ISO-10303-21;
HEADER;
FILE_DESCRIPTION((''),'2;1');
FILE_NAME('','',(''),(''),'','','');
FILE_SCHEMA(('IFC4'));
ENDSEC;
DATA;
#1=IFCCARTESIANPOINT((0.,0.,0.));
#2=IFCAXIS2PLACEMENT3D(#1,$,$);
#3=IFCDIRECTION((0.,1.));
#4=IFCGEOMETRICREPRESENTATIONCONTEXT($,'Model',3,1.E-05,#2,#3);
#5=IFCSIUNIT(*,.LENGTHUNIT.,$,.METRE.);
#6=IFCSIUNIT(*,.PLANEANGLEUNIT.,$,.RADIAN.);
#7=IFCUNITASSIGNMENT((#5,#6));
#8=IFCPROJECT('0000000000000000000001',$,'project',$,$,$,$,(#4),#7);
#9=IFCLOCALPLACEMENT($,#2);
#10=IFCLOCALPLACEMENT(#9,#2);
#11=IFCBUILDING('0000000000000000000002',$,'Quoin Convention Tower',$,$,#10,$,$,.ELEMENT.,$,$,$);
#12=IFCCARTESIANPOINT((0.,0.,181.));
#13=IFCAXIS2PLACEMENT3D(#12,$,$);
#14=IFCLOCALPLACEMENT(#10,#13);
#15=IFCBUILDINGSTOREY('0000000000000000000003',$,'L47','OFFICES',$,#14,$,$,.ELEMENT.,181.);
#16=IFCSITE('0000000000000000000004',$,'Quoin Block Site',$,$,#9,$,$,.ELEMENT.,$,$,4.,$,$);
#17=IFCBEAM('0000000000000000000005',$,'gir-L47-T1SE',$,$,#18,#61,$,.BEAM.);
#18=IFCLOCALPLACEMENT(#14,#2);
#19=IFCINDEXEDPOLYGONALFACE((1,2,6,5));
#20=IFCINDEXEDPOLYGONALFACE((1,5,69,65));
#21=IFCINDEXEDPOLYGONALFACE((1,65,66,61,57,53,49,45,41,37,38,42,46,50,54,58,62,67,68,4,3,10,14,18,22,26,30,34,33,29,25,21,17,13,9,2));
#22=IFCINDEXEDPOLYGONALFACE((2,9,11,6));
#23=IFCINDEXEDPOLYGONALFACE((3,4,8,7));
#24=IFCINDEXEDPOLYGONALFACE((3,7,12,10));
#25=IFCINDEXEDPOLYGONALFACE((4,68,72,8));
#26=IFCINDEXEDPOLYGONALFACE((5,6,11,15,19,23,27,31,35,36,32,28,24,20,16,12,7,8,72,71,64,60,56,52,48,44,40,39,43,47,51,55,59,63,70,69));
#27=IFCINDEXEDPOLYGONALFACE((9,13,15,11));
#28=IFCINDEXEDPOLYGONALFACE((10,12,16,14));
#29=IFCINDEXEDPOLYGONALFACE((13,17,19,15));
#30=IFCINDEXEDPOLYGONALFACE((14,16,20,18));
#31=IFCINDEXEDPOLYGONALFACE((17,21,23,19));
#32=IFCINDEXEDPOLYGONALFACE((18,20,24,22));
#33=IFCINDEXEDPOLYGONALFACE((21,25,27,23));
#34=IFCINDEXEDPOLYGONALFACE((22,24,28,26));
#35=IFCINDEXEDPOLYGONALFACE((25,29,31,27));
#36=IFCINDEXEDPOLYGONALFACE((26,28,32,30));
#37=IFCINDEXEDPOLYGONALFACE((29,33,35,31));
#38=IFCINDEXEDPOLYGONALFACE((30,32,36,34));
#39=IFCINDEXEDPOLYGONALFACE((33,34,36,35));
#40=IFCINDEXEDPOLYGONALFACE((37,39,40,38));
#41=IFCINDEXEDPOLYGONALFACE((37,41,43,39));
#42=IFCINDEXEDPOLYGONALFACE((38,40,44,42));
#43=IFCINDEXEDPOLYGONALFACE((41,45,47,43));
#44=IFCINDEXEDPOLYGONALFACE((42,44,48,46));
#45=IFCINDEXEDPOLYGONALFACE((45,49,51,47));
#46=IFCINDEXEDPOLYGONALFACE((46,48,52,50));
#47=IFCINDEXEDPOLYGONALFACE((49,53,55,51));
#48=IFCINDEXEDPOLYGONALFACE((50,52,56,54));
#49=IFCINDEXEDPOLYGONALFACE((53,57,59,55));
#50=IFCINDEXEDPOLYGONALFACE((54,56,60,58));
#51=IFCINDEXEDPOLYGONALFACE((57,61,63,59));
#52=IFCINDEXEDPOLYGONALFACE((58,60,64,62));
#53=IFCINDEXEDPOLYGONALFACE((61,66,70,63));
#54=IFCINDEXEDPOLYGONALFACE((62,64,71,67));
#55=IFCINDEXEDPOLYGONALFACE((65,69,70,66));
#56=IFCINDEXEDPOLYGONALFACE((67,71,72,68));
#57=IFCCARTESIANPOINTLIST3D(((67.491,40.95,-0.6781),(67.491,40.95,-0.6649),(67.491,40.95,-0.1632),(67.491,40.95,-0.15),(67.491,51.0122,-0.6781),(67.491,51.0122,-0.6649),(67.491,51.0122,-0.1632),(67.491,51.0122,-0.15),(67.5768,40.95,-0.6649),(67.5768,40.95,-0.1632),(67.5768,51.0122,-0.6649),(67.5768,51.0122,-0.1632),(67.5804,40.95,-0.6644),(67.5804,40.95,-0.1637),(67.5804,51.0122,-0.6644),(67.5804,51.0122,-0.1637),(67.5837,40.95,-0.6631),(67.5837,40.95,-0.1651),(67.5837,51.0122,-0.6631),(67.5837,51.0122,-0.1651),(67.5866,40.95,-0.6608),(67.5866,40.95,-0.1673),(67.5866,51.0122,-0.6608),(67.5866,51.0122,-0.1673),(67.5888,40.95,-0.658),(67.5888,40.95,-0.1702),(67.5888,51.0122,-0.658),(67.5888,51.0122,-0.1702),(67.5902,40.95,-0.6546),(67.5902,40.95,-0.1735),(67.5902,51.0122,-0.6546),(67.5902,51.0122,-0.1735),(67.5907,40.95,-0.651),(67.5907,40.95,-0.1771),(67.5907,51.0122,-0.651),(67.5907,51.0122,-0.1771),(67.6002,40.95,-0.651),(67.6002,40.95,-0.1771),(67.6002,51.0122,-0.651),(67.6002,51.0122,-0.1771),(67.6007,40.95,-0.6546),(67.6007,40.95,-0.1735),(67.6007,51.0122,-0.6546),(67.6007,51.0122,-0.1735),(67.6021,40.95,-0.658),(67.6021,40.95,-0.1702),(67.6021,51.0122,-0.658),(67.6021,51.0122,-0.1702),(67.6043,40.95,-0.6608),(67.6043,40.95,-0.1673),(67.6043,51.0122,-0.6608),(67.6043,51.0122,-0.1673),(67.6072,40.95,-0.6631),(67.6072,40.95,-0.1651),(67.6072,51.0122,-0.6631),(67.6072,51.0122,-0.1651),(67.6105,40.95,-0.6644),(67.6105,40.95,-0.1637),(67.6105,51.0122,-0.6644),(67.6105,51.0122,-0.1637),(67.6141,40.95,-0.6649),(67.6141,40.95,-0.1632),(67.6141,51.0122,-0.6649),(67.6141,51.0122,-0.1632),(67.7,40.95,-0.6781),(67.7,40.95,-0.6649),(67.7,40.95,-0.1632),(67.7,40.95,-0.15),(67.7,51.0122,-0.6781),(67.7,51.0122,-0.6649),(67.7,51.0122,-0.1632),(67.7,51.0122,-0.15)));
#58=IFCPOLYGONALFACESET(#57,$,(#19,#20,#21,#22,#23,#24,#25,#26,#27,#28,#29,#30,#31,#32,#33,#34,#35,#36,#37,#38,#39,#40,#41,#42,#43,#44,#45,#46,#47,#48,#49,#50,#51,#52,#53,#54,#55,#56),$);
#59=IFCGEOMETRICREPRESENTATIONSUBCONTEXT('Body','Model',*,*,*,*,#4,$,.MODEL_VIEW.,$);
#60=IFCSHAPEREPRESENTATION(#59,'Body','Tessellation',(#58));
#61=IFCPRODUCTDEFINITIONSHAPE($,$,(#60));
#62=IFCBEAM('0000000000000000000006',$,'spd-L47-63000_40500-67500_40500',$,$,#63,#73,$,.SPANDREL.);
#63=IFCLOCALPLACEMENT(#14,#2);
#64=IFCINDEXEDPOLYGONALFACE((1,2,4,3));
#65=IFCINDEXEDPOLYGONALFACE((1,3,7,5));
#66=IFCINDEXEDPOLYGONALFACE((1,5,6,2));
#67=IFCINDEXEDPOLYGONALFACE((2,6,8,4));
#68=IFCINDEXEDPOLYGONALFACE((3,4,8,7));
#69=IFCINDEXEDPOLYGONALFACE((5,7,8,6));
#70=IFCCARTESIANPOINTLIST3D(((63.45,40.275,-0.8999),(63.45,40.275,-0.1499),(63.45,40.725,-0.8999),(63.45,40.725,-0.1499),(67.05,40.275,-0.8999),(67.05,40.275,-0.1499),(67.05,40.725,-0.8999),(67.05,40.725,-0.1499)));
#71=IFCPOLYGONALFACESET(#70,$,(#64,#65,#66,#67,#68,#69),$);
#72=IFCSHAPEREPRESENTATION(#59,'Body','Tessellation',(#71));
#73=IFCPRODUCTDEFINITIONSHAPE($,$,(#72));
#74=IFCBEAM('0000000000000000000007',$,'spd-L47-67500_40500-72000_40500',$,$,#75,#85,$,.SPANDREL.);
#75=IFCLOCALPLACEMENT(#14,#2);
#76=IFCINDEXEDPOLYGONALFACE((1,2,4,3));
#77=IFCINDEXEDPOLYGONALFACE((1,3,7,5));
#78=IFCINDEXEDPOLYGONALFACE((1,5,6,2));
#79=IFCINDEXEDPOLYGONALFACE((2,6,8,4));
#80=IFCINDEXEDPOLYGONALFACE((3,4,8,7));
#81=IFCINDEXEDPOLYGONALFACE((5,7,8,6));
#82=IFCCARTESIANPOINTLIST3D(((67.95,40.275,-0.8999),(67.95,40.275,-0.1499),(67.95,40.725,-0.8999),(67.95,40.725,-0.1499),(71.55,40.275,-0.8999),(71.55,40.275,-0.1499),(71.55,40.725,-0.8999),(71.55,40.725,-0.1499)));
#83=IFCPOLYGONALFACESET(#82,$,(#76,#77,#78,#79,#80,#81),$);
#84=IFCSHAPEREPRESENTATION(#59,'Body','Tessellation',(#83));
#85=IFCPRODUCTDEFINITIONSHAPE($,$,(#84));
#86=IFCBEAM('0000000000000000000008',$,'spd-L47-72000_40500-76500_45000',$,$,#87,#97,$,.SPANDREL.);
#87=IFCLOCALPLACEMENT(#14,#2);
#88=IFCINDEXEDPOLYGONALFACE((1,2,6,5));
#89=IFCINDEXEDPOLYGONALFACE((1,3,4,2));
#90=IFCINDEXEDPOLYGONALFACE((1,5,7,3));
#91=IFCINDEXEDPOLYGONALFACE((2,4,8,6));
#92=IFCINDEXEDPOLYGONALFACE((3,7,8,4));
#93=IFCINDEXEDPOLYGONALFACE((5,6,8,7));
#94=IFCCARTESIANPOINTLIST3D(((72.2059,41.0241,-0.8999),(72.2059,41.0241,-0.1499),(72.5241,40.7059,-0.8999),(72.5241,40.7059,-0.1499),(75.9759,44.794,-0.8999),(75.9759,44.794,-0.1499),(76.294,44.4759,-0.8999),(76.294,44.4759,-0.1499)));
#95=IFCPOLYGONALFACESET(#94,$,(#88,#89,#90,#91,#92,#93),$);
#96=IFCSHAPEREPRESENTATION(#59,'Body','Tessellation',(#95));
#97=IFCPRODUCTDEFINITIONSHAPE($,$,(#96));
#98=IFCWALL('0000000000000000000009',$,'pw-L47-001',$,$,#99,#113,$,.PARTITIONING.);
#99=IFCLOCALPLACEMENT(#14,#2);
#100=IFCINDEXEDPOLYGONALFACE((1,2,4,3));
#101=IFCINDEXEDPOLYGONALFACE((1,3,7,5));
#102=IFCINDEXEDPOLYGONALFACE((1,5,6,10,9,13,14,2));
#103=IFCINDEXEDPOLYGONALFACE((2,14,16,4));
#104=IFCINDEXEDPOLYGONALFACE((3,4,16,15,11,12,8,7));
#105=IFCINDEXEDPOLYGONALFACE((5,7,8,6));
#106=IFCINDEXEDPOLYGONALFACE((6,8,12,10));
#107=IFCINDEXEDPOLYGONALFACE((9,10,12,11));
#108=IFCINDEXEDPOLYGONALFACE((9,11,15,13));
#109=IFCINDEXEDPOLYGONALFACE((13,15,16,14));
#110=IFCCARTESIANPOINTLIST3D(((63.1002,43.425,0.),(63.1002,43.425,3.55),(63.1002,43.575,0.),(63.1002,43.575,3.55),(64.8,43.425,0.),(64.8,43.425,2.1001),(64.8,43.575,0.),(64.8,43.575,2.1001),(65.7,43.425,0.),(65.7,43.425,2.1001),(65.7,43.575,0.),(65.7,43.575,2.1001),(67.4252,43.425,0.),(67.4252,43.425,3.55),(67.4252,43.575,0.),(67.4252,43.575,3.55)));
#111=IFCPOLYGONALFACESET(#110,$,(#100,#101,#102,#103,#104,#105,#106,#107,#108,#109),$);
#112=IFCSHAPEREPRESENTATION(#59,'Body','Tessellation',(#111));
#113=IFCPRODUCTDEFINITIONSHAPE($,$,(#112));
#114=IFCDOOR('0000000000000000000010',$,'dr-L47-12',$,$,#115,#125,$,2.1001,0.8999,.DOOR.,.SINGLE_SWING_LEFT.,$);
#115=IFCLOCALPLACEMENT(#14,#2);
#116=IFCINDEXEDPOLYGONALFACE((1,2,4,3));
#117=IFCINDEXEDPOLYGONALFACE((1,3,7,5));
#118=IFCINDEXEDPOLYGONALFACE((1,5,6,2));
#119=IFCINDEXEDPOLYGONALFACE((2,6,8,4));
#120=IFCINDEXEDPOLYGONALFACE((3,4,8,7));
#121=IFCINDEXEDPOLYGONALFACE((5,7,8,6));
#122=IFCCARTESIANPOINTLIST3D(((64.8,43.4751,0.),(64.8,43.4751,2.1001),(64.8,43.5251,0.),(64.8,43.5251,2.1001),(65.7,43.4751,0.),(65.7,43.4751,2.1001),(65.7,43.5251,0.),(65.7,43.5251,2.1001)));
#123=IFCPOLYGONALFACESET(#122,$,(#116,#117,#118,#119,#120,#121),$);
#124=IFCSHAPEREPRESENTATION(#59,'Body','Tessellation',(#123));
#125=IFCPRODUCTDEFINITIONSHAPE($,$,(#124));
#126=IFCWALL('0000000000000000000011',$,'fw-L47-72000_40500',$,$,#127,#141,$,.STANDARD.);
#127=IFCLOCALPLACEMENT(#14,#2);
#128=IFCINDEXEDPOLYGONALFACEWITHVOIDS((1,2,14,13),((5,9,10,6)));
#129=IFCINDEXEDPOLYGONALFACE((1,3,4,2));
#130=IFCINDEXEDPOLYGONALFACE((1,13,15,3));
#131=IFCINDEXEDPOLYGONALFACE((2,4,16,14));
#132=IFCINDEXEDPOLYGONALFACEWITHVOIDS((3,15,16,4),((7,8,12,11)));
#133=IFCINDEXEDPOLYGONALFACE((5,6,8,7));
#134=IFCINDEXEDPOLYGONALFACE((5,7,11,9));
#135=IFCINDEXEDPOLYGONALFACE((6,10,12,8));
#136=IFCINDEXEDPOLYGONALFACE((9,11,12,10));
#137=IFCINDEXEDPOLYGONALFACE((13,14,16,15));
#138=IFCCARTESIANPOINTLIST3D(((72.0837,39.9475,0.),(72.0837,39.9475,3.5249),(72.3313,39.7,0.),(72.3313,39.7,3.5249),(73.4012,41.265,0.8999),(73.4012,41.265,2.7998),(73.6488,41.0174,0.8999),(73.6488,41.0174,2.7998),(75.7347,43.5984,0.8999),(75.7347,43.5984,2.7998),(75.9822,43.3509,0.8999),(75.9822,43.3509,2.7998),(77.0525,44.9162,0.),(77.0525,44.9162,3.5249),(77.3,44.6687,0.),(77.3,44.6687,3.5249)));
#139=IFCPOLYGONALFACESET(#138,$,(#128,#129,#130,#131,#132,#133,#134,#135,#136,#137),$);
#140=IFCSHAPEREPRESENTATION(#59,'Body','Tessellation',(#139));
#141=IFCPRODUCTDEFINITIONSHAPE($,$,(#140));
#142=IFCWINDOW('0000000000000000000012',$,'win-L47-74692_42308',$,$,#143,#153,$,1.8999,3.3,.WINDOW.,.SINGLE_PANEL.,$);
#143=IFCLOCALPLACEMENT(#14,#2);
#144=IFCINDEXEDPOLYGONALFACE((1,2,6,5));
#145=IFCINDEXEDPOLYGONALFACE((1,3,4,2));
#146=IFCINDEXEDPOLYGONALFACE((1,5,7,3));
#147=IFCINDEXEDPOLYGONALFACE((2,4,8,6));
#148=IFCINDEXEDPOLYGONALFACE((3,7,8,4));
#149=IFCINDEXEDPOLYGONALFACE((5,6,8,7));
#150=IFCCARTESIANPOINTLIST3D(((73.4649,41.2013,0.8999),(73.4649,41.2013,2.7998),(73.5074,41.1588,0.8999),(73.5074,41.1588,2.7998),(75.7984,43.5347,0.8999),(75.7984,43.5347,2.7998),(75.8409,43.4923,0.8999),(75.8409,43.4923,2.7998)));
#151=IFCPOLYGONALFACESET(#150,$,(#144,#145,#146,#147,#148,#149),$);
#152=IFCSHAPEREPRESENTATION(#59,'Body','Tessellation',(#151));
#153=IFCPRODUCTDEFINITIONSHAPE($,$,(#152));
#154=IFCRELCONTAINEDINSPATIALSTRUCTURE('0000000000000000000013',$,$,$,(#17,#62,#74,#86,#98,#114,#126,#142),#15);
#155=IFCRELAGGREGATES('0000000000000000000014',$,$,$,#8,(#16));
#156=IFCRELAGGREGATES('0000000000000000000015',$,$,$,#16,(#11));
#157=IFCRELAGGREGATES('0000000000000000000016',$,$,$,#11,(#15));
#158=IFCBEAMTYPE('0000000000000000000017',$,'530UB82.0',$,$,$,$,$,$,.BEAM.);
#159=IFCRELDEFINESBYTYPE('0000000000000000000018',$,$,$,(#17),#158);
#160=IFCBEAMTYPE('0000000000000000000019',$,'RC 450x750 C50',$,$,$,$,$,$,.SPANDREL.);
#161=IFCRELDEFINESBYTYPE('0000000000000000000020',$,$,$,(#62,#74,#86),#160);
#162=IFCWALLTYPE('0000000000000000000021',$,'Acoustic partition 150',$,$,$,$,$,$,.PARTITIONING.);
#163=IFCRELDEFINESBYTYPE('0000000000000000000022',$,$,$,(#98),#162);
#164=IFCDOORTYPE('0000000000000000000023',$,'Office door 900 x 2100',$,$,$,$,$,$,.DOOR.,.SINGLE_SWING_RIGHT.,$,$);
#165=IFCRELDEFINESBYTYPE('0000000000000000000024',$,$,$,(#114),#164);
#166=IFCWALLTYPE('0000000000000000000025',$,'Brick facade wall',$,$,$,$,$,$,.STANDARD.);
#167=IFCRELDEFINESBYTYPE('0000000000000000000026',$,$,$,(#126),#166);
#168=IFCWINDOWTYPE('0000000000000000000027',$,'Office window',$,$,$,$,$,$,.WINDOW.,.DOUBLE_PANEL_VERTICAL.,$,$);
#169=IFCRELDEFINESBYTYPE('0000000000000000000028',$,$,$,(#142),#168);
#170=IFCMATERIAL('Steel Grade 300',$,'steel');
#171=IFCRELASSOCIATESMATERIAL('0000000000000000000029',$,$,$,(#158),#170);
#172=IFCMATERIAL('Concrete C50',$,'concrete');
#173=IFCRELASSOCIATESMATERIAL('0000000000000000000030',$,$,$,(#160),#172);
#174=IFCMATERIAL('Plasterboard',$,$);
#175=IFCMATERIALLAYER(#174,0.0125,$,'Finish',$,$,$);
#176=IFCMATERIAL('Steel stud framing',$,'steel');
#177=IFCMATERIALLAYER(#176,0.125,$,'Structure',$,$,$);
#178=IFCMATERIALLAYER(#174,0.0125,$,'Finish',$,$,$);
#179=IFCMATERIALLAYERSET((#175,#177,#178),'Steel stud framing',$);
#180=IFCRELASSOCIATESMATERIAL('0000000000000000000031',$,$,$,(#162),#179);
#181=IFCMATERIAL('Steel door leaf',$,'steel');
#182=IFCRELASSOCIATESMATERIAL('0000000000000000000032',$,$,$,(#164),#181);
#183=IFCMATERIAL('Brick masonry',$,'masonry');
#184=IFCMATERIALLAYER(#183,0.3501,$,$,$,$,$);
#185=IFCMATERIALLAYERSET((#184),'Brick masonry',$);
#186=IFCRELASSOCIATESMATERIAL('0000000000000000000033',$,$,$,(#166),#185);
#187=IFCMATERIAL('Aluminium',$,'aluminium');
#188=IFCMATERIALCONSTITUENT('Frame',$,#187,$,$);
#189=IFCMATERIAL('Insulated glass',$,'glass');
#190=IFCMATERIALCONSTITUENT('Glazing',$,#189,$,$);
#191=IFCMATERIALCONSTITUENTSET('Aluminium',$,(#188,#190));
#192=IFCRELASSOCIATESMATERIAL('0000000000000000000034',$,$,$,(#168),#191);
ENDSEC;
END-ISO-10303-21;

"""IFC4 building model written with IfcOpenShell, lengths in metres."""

from ifc_helpers import new_model, si_unit, direction, frame, frame_2d, origin, origin_2d, place, context, subcontext, project, spatial, rectangle, i_section, extrude, material, layer, layer_set, constituent, constituent_set, material_profile, profile_set, type_object, element, fill, save


model = new_model("IFC4")

# Units and contexts
model_context = context("Model", 3, precision=1e-05, world=origin(), true_north=direction((0.0, 1.0)))
body_context = subcontext(model_context, "Body", "Model", "MODEL_VIEW")
ifc_project = project(units=[si_unit("LENGTHUNIT", "METRE"), si_unit("PLANEANGLEUNIT", "RADIAN")], contexts=[model_context])

# Site, building, storey
site_placement = place(None, origin())
site = spatial("IfcSite", under=ifc_project, at=site_placement, Name="Quoin Block Site", CompositionType="ELEMENT", RefElevation=4.0)
building_placement = place(site_placement, origin())
building = spatial("IfcBuilding", under=site, at=building_placement, Name="Quoin Convention Tower", CompositionType="ELEMENT")
storey_placement = place(building_placement, frame((0.0, 0.0, 181.0)))
storey = spatial("IfcBuildingStorey", under=building, at=storey_placement, Name="L47", Description="OFFICES", CompositionType="ELEMENT", Elevation=181.0)

# Shared definitions
ifc_material_1 = material(Name="Concrete C50", Category="concrete")

# Beams
ifc_material_2 = material(Name="Steel Grade 300", Category="steel")
ifc_material_profile_1 = material_profile(ifc_material_2, i_section(OverallWidth=0.209, OverallDepth=0.5281, WebThickness=0.0095, FlangeThickness=0.0132, FilletRadius=0.0139, at=origin_2d()), Name="530UB82.0")
ifc_profile_set_1 = profile_set([ifc_material_profile_1], Name="Steel Grade 300")
beam_type_1 = type_object("IfcBeamType", Name="530UB82.0", PredefinedType="BEAM", material=ifc_profile_set_1)
beam_1_placement = place(storey_placement, frame((67.5955, 40.95, -0.4141), z_axis=(0.0, 1.0, 0.0), x_axis=(-1.0, 0.0, 0.0)))
element("IfcBeam", 1, at=beam_1_placement, inside=storey, type_object=beam_type_1, Name="gir-L47-T1SE", PredefinedType="BEAM", context=body_context, shape_type="SweptSolid", body=[
    extrude(i_section(OverallWidth=0.209, OverallDepth=0.5281, WebThickness=0.0095, FlangeThickness=0.0132, FilletRadius=0.0139, at=origin_2d()), origin(), (0.0, 0.0, 1.0), 10.0623),
])
ifc_material_profile_2 = material_profile(ifc_material_1, rectangle(XDim=0.45, YDim=0.75, at=origin_2d()), Name="RC 450x750")
ifc_profile_set_2 = profile_set([ifc_material_profile_2], Name="Concrete C50")
beam_type_2 = type_object("IfcBeamType", Name="RC 450x750 C50", PredefinedType="SPANDREL", material=ifc_profile_set_2)
for number, where, z_axis, x_axis, name in (
    (2, (63.45, 40.5, -0.5249), (1.0, 0.0, 0.0), (0.0, 1.0, 0.0), "spd-L47-63000_40500-67500_40500"),
    (3, (67.95, 40.5, -0.5249), (1.0, 0.0, 0.0), (0.0, 1.0, 0.0), "spd-L47-67500_40500-72000_40500"),
):
    element("IfcBeam", number, at=place(storey_placement, frame(where, z_axis=z_axis, x_axis=x_axis)), inside=storey, type_object=beam_type_2, Name=name, PredefinedType="SPANDREL", context=body_context, shape_type="SweptSolid", body=[
        extrude(rectangle(XDim=0.45, YDim=0.75, at=origin_2d()), origin(), (0.0, 0.0, 1.0), 3.6001),
    ])
beam_2_placement = place(storey_placement, frame((72.365, 40.865, -0.5249), z_axis=(0.707107, 0.707107, 0.0), x_axis=(-0.707107, 0.707107, 0.0)))
element("IfcBeam", 4, at=beam_2_placement, inside=storey, type_object=beam_type_2, Name="spd-L47-72000_40500-76500_45000", PredefinedType="SPANDREL", context=body_context, shape_type="SweptSolid", body=[
    extrude(rectangle(XDim=0.45, YDim=0.75, at=origin_2d()), origin(), (0.0, 0.0, 1.0), 5.3315),
])

# Wall, opening, door
ifc_material_3 = material(Name="Plasterboard")
ifc_layer_1 = layer(ifc_material_3, 0.0125, Name="Finish")
ifc_material_4 = material(Name="Steel stud framing", Category="steel")
ifc_layer_2 = layer(ifc_material_4, 0.125, Name="Structure")
ifc_layer_3 = layer(ifc_material_3, 0.0125, Name="Finish")
ifc_layer_set_1 = layer_set([ifc_layer_1, ifc_layer_2, ifc_layer_3], Name="Steel stud framing")
wall_type_1 = type_object("IfcWallType", Name="Acoustic partition 150", PredefinedType="PARTITIONING", material=ifc_layer_set_1)
wall_1_placement = place(storey_placement, frame((63.1001, 43.5, 0.0), z_axis=(0.0, 0.0, 1.0), x_axis=(1.0, 0.0, 0.0)))
wall_1 = element("IfcWall", 5, at=wall_1_placement, inside=storey, type_object=wall_type_1, Name="pw-L47-001", PredefinedType="PARTITIONING", context=body_context, shape_type="SweptSolid", body=[
    extrude(rectangle(XDim=4.325, YDim=0.1499, at=frame_2d((2.1626, 0.0))), origin(), (0.0, 0.0, 1.0), 3.55),
])
opening_1_placement = place(wall_1_placement, frame((1.7, 0.0, 0.0)))
opening_1 = element("IfcOpeningElement", 6, at=opening_1_placement, cuts=wall_1, PredefinedType="OPENING", context=body_context, shape_type="SweptSolid", body=[
    extrude(rectangle(XDim=0.8999, YDim=2.1001, at=frame_2d((0.45, 1.05))), frame((0.0, 0.085, 0.0), z_axis=(0.0, -1.0, 0.0), x_axis=(1.0, 0.0, 0.0)), (0.0, 0.0, 1.0), 0.1699),
])
ifc_material_5 = material(Name="Steel door leaf", Category="steel")
door_type_1 = type_object("IfcDoorType", Name="Office door 900 x 2100", OperationType="SINGLE_SWING_RIGHT", PredefinedType="DOOR", material=ifc_material_5)
door_1_placement = place(opening_1_placement, frame((0.8999, 0.0, 0.0), z_axis=(0.0, 0.0, 1.0), x_axis=(-1.0, 0.0, 0.0)))
door_1 = element("IfcDoor", 7, at=door_1_placement, inside=storey, type_object=door_type_1, Name="dr-L47-12", OperationType="SINGLE_SWING_LEFT", OverallHeight=2.1001, OverallWidth=0.8999, PredefinedType="DOOR", context=body_context, shape_type="SweptSolid", body=[
    extrude(rectangle(XDim=0.8999, YDim=2.1001, at=frame_2d((0.45, 1.05))), frame((0.0, 0.0249, 0.0), z_axis=(0.0, -1.0, 0.0), x_axis=(1.0, 0.0, 0.0)), (0.0, 0.0, 1.0), 0.05),
])
fill(opening_1, door_1)

# Wall, opening, window
ifc_material_6 = material(Name="Brick masonry", Category="masonry")
ifc_layer_4 = layer(ifc_material_6, 0.3501)
ifc_layer_set_2 = layer_set([ifc_layer_4], Name="Brick masonry")
wall_type_2 = type_object("IfcWallType", Name="Brick facade wall", PredefinedType="STANDARD", material=ifc_layer_set_2)
wall_2_placement = place(storey_placement, frame((72.2075, 39.8237, 0.0), z_axis=(0.0, 0.0, 1.0), x_axis=(0.707107, 0.707107, 0.0)))
wall_2 = element("IfcWall", 8, at=wall_2_placement, inside=storey, type_object=wall_type_2, Name="fw-L47-72000_40500", PredefinedType="STANDARD", context=body_context, shape_type="SweptSolid", body=[
    extrude(rectangle(XDim=7.0269, YDim=0.3501, at=frame_2d((3.5134, 0.0))), origin(), (0.0, 0.0, 1.0), 3.5249),
])
opening_2_placement = place(wall_2_placement, frame((1.8633, 0.0, 0.8999)))
opening_2 = element("IfcOpeningElement", 9, at=opening_2_placement, cuts=wall_2, PredefinedType="OPENING", context=body_context, shape_type="SweptSolid", body=[
    extrude(rectangle(XDim=3.3, YDim=1.8999, at=frame_2d((1.6499, 0.95))), frame((0.0, 0.1851, 0.0), z_axis=(0.0, -1.0, 0.0), x_axis=(1.0, 0.0, 0.0)), (0.0, 0.0, 1.0), 0.3701),
])
ifc_material_7 = material(Name="Aluminium", Category="aluminium")
ifc_constituent_1 = constituent(ifc_material_7, Name="Frame")
ifc_material_8 = material(Name="Insulated glass", Category="glass")
ifc_constituent_2 = constituent(ifc_material_8, Name="Glazing")
ifc_constituent_set = constituent_set(constituents=[ifc_constituent_1, ifc_constituent_2], Name="Aluminium")
window_type = type_object("IfcWindowType", Name="Office window", PartitioningType="DOUBLE_PANEL_VERTICAL", PredefinedType="WINDOW", material=ifc_constituent_set)
window_1_placement = place(opening_2_placement, origin())
window_1 = element("IfcWindow", 10, at=window_1_placement, inside=storey, type_object=window_type, Name="win-L47-74692_42308", OverallHeight=1.8999, OverallWidth=3.3, PartitioningType="SINGLE_PANEL", PredefinedType="WINDOW", context=body_context, shape_type="SweptSolid", body=[
    extrude(rectangle(XDim=3.3, YDim=1.8999, at=frame_2d((1.6499, 0.95))), frame((0.0, 0.085, 0.0), z_axis=(0.0, -1.0, 0.0), x_axis=(1.0, 0.0, 0.0)), (0.0, 0.0, 1.0), 0.0601),
])
fill(opening_2, window_1)

save(model, "model.ifc")
